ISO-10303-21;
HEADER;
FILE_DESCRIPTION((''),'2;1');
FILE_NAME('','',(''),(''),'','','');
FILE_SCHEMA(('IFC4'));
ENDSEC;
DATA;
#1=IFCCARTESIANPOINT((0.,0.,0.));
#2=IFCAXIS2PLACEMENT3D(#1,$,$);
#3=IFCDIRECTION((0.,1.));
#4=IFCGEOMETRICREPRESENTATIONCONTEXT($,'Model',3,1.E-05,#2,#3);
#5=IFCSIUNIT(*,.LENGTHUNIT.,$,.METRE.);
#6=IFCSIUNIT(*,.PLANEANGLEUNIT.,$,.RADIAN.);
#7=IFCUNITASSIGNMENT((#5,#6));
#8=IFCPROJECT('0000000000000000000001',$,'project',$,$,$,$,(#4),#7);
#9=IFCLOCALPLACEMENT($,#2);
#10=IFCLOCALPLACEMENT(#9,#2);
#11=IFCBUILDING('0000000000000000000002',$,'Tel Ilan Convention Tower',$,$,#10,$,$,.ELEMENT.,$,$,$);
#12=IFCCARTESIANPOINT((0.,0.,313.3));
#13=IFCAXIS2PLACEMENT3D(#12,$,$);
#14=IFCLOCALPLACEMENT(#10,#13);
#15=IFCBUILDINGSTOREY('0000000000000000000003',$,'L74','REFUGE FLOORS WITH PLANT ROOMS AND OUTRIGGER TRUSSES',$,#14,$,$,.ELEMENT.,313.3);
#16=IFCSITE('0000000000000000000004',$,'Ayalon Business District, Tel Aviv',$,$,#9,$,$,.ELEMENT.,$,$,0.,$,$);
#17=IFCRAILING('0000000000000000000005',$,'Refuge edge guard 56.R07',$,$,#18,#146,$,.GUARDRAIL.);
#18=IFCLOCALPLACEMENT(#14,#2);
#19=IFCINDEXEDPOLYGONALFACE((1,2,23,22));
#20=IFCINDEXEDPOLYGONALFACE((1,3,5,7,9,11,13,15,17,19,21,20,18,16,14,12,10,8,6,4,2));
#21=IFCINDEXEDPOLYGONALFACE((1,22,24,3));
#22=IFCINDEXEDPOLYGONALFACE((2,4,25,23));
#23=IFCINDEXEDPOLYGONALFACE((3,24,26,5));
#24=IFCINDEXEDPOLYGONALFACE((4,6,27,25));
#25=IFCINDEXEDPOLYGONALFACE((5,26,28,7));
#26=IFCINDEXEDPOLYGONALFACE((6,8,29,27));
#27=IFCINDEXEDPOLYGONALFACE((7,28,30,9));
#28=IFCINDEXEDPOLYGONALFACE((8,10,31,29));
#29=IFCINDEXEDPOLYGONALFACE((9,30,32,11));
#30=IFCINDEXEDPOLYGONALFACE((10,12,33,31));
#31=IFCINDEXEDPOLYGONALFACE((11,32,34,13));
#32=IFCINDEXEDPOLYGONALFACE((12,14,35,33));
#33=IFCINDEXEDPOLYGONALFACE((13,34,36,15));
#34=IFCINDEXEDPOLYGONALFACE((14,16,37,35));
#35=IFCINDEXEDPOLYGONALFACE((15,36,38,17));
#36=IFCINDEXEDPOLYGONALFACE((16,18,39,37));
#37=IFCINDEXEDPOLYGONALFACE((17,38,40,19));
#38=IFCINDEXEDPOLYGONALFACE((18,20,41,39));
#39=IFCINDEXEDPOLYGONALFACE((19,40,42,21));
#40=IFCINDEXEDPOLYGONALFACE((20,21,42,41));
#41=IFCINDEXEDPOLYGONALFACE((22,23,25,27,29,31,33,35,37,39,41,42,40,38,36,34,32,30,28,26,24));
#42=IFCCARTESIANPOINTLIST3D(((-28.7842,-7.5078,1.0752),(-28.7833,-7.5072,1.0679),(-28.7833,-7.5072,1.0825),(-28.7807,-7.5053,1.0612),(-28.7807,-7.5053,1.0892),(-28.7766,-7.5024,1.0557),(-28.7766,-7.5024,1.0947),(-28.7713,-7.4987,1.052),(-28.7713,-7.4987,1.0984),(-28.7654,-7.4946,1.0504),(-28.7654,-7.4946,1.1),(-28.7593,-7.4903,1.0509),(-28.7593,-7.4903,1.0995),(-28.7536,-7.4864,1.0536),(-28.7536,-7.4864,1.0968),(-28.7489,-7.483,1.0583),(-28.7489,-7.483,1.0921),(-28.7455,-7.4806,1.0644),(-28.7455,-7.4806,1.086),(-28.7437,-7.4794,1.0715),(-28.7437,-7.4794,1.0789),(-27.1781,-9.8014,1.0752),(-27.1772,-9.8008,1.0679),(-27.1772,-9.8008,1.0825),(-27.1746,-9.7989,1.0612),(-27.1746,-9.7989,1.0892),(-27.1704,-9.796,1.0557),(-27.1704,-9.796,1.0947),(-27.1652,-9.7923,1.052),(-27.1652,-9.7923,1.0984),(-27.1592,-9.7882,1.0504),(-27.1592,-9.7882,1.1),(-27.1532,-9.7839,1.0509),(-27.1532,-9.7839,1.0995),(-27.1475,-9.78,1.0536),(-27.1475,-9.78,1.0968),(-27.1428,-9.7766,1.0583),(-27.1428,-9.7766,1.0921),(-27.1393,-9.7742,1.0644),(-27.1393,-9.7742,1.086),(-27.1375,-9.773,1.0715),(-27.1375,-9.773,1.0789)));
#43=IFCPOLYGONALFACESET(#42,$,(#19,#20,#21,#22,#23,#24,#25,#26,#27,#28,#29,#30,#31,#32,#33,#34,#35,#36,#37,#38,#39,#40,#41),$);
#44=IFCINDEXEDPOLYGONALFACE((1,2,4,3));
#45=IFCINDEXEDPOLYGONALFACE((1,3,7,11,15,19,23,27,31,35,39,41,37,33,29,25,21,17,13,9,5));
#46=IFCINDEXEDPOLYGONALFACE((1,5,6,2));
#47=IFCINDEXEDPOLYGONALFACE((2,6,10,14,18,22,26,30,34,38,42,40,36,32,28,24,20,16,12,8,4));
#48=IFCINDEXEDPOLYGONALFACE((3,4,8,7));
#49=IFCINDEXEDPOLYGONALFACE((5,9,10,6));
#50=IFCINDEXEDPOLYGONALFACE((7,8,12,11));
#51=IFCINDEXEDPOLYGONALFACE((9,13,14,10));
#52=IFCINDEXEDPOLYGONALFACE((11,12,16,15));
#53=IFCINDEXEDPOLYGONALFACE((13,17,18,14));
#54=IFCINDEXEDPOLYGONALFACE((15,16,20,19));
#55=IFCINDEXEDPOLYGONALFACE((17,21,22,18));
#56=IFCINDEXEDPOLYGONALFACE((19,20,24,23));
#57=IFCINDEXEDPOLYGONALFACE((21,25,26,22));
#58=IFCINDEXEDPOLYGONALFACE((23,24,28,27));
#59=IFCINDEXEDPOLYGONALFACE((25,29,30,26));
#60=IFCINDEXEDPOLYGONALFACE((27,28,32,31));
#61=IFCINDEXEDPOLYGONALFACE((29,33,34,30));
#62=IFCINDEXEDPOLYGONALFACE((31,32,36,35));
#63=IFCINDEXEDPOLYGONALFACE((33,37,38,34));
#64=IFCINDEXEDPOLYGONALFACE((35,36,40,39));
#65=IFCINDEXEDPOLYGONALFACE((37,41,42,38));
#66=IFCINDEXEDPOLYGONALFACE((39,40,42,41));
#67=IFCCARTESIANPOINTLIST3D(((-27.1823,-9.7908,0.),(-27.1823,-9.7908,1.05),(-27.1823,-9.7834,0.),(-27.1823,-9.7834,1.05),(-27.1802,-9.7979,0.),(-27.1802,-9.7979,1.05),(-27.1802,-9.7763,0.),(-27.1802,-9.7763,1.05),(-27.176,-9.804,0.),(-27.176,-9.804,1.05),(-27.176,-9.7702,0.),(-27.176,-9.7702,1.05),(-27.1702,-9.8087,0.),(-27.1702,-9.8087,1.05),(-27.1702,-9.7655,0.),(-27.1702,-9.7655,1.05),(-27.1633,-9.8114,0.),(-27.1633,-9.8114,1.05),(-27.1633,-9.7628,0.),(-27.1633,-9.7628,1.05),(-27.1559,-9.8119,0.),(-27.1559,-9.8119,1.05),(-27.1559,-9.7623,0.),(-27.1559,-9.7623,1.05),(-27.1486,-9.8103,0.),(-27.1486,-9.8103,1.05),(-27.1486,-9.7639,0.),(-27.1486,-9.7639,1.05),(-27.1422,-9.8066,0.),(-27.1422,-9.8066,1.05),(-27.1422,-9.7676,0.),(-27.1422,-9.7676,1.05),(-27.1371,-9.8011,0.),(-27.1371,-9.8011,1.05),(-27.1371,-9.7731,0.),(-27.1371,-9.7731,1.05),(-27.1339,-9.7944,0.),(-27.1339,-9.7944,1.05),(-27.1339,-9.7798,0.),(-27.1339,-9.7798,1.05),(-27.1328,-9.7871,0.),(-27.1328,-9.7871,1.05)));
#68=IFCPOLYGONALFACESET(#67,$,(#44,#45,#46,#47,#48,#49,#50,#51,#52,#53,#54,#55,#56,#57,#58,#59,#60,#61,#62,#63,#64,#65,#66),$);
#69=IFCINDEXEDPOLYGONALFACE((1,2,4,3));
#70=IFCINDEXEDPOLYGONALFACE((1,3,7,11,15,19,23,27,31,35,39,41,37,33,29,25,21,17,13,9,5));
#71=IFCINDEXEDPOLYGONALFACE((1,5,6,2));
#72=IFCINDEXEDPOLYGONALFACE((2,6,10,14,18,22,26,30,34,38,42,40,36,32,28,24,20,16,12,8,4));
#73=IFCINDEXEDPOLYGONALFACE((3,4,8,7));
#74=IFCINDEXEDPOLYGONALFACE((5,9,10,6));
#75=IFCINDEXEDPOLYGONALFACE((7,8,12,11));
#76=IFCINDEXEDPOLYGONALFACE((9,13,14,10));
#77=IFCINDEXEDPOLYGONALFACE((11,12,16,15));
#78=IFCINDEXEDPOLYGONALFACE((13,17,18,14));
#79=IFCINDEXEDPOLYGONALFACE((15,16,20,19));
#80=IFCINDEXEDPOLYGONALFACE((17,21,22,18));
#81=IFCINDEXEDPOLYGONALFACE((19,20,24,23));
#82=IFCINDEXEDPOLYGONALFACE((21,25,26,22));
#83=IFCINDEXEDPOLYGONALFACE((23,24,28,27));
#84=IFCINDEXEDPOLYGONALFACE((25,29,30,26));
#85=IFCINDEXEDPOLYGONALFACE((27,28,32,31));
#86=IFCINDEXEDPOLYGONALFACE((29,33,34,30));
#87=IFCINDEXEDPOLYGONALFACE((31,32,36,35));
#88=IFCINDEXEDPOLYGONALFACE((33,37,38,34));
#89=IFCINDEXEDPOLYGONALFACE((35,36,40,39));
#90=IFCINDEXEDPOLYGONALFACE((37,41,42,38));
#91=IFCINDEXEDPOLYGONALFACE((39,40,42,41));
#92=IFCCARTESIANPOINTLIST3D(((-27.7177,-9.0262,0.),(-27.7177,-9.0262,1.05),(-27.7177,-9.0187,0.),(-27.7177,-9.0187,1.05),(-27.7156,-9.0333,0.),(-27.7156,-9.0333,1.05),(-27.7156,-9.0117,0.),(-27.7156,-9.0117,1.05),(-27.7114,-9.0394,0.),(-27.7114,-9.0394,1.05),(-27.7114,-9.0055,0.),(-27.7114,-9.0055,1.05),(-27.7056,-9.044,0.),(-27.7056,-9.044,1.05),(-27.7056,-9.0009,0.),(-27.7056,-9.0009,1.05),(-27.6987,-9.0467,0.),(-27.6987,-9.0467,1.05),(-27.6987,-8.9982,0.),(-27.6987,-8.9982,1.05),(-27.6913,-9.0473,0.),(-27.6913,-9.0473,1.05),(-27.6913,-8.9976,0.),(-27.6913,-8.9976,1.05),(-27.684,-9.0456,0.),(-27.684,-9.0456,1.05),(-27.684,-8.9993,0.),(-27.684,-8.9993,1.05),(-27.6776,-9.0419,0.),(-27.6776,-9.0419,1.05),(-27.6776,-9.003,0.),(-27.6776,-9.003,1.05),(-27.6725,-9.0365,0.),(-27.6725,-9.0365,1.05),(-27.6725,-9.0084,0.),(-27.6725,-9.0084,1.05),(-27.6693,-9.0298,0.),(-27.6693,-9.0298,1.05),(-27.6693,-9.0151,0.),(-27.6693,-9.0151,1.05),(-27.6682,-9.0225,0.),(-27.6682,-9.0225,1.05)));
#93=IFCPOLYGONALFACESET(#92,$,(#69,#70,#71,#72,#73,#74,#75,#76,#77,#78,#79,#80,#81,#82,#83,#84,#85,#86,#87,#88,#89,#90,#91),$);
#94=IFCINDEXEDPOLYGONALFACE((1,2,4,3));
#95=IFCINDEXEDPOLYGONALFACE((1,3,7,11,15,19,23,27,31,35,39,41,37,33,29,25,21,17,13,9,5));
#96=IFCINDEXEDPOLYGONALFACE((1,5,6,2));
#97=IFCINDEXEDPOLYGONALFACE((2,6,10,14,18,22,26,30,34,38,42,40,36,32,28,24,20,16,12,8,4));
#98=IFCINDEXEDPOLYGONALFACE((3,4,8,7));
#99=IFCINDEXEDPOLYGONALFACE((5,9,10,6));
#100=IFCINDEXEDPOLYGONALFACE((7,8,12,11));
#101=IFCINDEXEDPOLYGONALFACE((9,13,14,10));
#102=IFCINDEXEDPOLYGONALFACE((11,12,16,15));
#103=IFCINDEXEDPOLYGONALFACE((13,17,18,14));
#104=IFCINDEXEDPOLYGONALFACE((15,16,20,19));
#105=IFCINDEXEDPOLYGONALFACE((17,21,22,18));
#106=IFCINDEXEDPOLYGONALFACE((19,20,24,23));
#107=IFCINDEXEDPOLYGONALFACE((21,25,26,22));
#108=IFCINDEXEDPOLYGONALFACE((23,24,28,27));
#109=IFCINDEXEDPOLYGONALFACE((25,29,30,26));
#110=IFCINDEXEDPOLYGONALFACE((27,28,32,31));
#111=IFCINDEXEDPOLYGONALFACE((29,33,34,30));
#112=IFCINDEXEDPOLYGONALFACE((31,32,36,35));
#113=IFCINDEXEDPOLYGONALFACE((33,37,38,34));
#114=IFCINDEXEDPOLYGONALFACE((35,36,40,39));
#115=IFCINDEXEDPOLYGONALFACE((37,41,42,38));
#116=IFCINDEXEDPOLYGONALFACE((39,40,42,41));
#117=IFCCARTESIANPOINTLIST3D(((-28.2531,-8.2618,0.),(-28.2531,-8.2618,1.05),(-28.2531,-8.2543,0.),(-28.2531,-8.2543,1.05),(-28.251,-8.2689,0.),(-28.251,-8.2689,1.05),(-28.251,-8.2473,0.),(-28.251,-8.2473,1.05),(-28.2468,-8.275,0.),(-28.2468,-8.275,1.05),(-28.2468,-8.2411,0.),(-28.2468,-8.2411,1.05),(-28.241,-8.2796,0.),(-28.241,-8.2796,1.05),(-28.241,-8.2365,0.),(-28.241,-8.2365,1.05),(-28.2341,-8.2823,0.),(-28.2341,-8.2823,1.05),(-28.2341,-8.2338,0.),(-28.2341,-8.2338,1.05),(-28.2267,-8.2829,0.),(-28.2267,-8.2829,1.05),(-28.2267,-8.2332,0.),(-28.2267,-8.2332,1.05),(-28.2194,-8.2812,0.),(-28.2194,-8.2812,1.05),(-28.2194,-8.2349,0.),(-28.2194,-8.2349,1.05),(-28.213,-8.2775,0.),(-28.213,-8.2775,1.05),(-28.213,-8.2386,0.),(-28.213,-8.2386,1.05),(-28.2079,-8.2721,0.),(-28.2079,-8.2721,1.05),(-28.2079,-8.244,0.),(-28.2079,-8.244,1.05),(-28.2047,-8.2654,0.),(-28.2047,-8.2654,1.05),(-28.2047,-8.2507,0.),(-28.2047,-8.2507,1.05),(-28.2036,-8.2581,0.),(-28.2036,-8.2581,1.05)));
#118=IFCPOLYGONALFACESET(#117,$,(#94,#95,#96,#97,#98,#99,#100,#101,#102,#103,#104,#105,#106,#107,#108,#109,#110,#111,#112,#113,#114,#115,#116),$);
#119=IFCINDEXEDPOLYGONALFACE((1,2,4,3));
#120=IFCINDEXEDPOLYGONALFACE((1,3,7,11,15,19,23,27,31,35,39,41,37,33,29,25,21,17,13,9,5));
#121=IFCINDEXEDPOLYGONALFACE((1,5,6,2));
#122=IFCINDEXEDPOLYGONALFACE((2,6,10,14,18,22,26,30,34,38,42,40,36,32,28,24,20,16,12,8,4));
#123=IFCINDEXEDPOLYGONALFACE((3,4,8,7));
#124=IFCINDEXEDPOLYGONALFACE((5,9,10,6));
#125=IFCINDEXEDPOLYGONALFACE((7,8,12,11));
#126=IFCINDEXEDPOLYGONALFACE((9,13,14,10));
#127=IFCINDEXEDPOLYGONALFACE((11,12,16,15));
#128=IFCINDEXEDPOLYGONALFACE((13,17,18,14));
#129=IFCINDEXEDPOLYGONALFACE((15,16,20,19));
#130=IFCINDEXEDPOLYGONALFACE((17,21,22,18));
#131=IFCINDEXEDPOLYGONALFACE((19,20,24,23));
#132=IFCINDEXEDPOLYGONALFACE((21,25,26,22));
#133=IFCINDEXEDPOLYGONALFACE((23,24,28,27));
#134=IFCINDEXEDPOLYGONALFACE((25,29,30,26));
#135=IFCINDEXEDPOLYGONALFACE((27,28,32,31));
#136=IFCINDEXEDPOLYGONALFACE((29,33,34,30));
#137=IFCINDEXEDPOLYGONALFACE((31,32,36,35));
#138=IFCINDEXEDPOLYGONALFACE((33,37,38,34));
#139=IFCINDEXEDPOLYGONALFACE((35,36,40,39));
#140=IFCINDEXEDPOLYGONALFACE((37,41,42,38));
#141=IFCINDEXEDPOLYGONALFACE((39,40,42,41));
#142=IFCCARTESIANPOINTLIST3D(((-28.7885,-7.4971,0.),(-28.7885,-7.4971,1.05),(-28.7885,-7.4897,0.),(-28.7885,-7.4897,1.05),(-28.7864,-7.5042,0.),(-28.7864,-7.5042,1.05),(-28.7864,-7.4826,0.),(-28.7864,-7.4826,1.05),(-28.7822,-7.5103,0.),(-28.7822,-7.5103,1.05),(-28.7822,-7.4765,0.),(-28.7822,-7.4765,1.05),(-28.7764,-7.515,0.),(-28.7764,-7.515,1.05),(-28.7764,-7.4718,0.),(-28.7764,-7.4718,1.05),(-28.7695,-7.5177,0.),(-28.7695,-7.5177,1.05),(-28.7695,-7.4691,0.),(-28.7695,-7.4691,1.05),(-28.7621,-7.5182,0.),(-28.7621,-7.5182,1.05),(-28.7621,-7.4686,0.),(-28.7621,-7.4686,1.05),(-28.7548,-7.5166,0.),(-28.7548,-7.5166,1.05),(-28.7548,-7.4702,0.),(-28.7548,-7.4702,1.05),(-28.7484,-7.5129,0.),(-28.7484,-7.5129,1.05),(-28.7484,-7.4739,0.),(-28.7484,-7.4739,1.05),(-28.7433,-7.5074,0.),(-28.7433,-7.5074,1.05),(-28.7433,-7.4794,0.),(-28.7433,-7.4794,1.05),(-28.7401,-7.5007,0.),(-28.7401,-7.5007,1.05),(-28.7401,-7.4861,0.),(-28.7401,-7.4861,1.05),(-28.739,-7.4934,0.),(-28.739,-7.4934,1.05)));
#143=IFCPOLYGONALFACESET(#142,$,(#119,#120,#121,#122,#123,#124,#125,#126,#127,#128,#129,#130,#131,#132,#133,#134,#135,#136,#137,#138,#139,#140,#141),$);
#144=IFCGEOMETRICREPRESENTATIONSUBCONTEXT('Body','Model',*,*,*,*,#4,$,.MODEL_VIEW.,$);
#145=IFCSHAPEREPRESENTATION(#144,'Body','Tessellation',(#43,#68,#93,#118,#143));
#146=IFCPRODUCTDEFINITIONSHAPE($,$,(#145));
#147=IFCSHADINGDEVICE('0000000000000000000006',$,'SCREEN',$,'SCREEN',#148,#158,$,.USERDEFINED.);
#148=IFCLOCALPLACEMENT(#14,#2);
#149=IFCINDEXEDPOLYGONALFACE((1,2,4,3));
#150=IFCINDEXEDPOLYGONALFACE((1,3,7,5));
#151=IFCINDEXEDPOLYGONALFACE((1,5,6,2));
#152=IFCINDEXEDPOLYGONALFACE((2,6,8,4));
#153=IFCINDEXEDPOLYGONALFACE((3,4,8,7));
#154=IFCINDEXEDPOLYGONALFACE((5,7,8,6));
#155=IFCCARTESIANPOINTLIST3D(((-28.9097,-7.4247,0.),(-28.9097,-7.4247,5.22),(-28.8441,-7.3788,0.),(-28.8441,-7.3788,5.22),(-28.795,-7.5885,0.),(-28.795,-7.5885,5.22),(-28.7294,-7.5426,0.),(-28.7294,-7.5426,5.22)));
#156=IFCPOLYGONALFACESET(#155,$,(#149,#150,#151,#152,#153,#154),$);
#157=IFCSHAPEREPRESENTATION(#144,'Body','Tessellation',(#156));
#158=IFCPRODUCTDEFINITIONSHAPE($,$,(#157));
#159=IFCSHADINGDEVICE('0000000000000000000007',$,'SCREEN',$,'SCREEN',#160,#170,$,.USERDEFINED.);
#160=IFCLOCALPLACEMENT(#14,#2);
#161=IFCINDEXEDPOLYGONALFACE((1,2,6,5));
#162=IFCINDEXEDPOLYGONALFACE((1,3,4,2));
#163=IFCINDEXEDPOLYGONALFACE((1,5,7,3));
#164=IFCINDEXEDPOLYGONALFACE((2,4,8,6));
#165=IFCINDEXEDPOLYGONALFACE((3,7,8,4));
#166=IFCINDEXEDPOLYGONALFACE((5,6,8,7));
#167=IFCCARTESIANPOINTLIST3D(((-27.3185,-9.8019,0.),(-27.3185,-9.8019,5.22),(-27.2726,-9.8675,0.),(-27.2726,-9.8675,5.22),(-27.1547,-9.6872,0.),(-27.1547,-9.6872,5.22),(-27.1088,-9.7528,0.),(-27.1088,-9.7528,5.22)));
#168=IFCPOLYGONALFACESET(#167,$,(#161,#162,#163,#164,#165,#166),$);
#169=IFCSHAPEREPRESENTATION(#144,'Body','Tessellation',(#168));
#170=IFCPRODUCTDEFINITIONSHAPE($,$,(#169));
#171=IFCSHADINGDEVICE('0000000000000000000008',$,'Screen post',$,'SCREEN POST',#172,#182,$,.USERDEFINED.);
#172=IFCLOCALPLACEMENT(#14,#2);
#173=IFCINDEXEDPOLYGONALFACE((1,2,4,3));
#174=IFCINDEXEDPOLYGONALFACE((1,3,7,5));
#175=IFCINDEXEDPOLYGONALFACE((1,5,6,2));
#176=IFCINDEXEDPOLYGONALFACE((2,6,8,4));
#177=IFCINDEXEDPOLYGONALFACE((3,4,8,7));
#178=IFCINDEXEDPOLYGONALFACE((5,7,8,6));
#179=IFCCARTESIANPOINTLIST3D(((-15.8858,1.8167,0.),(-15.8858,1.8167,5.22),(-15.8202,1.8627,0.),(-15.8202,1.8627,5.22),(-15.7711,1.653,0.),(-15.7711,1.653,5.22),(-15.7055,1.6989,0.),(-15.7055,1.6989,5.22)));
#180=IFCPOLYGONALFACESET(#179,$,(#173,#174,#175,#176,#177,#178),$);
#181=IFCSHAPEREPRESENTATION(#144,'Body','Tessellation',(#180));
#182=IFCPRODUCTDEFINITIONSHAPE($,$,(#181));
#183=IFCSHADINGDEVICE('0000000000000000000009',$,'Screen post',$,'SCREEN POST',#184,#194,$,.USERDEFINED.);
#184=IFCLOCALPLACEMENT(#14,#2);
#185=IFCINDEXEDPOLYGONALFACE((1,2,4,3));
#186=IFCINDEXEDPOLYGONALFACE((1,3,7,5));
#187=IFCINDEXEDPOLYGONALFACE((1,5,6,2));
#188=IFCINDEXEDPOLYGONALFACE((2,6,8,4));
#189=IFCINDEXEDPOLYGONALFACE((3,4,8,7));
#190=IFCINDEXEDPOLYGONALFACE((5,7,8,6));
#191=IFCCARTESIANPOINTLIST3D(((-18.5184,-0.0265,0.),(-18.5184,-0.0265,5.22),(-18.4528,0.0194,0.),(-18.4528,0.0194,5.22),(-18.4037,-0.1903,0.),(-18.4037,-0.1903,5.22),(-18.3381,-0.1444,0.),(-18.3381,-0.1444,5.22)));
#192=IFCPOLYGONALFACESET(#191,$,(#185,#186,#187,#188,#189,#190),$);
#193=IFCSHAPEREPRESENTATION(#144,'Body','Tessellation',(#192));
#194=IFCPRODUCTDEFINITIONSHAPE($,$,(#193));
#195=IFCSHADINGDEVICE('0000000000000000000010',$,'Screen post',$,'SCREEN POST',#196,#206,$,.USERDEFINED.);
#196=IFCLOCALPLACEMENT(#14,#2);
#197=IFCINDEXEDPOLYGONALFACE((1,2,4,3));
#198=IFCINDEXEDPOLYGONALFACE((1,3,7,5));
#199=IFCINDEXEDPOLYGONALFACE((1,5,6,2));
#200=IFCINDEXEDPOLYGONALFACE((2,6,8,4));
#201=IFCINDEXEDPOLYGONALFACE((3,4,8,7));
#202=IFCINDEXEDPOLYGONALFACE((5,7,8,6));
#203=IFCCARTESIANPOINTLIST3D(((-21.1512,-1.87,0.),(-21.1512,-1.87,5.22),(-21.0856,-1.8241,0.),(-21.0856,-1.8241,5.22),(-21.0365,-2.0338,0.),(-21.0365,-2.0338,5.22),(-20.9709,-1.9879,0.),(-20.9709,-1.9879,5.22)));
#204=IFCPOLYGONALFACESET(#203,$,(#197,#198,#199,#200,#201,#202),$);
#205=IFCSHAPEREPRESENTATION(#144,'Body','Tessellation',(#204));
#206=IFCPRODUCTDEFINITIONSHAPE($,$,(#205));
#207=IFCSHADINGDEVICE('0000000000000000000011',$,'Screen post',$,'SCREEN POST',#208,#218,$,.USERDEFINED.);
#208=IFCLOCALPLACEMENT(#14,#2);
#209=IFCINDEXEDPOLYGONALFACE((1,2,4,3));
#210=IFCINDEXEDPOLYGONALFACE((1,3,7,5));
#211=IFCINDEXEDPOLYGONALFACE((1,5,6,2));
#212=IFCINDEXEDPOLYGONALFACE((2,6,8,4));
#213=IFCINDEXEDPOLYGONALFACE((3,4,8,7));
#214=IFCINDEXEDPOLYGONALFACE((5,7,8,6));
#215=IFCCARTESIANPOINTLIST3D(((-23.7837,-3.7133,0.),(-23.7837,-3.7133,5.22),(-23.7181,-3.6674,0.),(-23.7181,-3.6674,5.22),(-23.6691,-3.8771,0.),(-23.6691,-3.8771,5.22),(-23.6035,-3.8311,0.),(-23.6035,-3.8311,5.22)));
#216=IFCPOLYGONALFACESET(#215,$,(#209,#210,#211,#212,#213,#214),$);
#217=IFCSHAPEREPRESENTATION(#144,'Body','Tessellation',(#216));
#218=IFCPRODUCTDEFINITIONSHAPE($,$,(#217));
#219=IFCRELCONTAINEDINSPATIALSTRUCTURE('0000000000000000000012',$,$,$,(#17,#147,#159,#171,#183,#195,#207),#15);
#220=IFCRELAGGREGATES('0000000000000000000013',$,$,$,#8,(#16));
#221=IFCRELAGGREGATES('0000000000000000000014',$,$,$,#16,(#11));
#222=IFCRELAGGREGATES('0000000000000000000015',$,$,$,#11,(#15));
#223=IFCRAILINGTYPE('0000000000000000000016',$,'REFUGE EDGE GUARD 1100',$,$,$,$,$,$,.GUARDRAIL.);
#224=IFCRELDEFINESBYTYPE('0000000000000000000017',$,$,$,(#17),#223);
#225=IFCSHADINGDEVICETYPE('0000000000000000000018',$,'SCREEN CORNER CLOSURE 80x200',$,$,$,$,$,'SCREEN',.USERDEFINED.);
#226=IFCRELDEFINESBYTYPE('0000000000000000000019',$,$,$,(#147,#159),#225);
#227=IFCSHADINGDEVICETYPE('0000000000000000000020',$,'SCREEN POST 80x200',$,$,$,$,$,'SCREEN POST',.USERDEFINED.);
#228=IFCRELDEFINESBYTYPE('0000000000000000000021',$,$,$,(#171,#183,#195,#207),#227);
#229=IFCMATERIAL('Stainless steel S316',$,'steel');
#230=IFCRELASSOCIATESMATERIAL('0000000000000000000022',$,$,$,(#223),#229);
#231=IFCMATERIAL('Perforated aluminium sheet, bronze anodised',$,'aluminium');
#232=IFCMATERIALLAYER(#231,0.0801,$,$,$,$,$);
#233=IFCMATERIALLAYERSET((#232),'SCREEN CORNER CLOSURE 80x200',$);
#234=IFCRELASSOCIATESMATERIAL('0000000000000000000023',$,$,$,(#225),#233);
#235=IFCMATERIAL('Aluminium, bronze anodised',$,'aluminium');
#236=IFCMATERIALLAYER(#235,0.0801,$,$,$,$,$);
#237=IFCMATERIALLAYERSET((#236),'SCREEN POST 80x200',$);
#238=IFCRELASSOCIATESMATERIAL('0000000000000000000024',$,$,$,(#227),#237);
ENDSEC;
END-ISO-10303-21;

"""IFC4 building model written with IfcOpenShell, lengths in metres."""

from ifc_helpers import new_model, si_unit, direction, frame, origin, origin_2d, place, context, subcontext, project, spatial, rectangle, circle, extrude, material, layer, layer_set, type_object, element, save


model = new_model("IFC4")

# Units and contexts
model_context = context("Model", 3, precision=1e-05, world=origin(), true_north=direction((0.0, 1.0)))
body_context = subcontext(model_context, "Body", "Model", "MODEL_VIEW")
ifc_project = project(units=[si_unit("LENGTHUNIT", "METRE"), si_unit("PLANEANGLEUNIT", "RADIAN")], contexts=[model_context])

# Site, building, storey
site_placement = place(None, origin())
site = spatial("IfcSite", under=ifc_project, at=site_placement, Name="Ayalon Business District, Tel Aviv", CompositionType="ELEMENT", RefElevation=0.0)
building_placement = place(site_placement, origin())
building = spatial("IfcBuilding", under=site, at=building_placement, Name="Tel Ilan Convention Tower", CompositionType="ELEMENT")
storey_placement = place(building_placement, frame((0.0, 0.0, 313.3)))
storey = spatial("IfcBuildingStorey", under=building, at=storey_placement, Name="L74", Description="REFUGE FLOORS WITH PLANT ROOMS AND OUTRIGGER TRUSSES", CompositionType="ELEMENT", Elevation=313.3)

# Railing
ifc_material_1 = material(Name="Stainless steel S316", Category="steel")
railing_type_1 = type_object("IfcRailingType", Name="REFUGE EDGE GUARD 1100", PredefinedType="GUARDRAIL", material=ifc_material_1)
railing_1_placement = place(storey_placement, frame((-27.1577, -9.7871, 0.0)))
element("IfcRailing", 1, at=railing_1_placement, inside=storey, type_object=railing_type_1, Name="Refuge edge guard 56.R07", PredefinedType="GUARDRAIL", context=body_context, shape_type="SweptSolid", body=[
    extrude(circle(Radius=0.0249, at=origin_2d()), frame((0.0, 0.0, 1.0752), z_axis=(-0.573609, 0.81913, 0.0), x_axis=(-0.81913, -0.573609, 0.0)), (0.0, 0.0, 1.0), 2.8),
    extrude(circle(Radius=0.0249, at=origin_2d()), origin(), (0.0, 0.0, 1.0), 1.05),
    extrude(circle(Radius=0.0249, at=origin_2d()), frame((-0.5354, 0.7646, 0.0)), (0.0, 0.0, 1.0), 1.05),
    extrude(circle(Radius=0.0249, at=origin_2d()), frame((-1.0708, 1.5291, 0.0)), (0.0, 0.0, 1.0), 1.05),
    extrude(circle(Radius=0.0249, at=origin_2d()), frame((-1.6062, 2.2937, 0.0)), (0.0, 0.0, 1.0), 1.05),
])

# Shading devices
ifc_material_2 = material(Name="Perforated aluminium sheet, bronze anodised", Category="aluminium")
ifc_layer_1 = layer(ifc_material_2, 0.0801)
ifc_layer_set_1 = layer_set([ifc_layer_1], Name="SCREEN CORNER CLOSURE 80x200")
shading_device_type_1 = type_object("IfcShadingDeviceType", Name="SCREEN CORNER CLOSURE 80x200", ElementType="SCREEN", PredefinedType="USERDEFINED", material=ifc_layer_set_1)
for number, where, z_axis, x_axis, name in (
    (2, (-28.8196, -7.4836, 0.0), (0.0, 0.0, 1.0), (-0.819152, -0.573576, 0.0), "SCREEN"),
    (3, (-27.2136, -9.7773, 0.0), (0.0, 0.0, 1.0), (0.573576, -0.819152, 0.0), "SCREEN"),
):
    element("IfcShadingDevice", number, at=place(storey_placement, frame(where, z_axis=z_axis, x_axis=x_axis)), inside=storey, type_object=shading_device_type_1, Name=name, ObjectType="SCREEN", PredefinedType="USERDEFINED", context=body_context, shape_type="SweptSolid", body=[
        extrude(rectangle(XDim=0.0801, YDim=0.2, at=origin_2d()), origin(), (0.0, 0.0, 1.0), 5.22),
    ])
ifc_material_3 = material(Name="Aluminium, bronze anodised", Category="aluminium")
ifc_layer_2 = layer(ifc_material_3, 0.0801)
ifc_layer_set_2 = layer_set([ifc_layer_2], Name="SCREEN POST 80x200")
shading_device_type_2 = type_object("IfcShadingDeviceType", Name="SCREEN POST 80x200", ElementType="SCREEN POST", PredefinedType="USERDEFINED", material=ifc_layer_set_2)
for number, where, z_axis, x_axis, name in (
    (4, (-15.7957, 1.7578, 0.0), (0.0, 0.0, 1.0), (-0.819152, -0.573576, 0.0), "Screen post"),
    (5, (-18.4282, -0.0854, 0.0), (0.0, 0.0, 1.0), (-0.819152, -0.573576, 0.0), "Screen post"),
    (6, (-21.061, -1.929, 0.0), (0.0, 0.0, 1.0), (-0.819152, -0.573576, 0.0), "Screen post"),
    (7, (-23.6936, -3.7722, 0.0), (0.0, 0.0, 1.0), (-0.819152, -0.573576, 0.0), "Screen post"),
):
    element("IfcShadingDevice", number, at=place(storey_placement, frame(where, z_axis=z_axis, x_axis=x_axis)), inside=storey, type_object=shading_device_type_2, Name=name, ObjectType="SCREEN POST", PredefinedType="USERDEFINED", context=body_context, shape_type="SweptSolid", body=[
        extrude(rectangle(XDim=0.0801, YDim=0.2, at=origin_2d()), origin(), (0.0, 0.0, 1.0), 5.22),
    ])

save(model, "model.ifc")
